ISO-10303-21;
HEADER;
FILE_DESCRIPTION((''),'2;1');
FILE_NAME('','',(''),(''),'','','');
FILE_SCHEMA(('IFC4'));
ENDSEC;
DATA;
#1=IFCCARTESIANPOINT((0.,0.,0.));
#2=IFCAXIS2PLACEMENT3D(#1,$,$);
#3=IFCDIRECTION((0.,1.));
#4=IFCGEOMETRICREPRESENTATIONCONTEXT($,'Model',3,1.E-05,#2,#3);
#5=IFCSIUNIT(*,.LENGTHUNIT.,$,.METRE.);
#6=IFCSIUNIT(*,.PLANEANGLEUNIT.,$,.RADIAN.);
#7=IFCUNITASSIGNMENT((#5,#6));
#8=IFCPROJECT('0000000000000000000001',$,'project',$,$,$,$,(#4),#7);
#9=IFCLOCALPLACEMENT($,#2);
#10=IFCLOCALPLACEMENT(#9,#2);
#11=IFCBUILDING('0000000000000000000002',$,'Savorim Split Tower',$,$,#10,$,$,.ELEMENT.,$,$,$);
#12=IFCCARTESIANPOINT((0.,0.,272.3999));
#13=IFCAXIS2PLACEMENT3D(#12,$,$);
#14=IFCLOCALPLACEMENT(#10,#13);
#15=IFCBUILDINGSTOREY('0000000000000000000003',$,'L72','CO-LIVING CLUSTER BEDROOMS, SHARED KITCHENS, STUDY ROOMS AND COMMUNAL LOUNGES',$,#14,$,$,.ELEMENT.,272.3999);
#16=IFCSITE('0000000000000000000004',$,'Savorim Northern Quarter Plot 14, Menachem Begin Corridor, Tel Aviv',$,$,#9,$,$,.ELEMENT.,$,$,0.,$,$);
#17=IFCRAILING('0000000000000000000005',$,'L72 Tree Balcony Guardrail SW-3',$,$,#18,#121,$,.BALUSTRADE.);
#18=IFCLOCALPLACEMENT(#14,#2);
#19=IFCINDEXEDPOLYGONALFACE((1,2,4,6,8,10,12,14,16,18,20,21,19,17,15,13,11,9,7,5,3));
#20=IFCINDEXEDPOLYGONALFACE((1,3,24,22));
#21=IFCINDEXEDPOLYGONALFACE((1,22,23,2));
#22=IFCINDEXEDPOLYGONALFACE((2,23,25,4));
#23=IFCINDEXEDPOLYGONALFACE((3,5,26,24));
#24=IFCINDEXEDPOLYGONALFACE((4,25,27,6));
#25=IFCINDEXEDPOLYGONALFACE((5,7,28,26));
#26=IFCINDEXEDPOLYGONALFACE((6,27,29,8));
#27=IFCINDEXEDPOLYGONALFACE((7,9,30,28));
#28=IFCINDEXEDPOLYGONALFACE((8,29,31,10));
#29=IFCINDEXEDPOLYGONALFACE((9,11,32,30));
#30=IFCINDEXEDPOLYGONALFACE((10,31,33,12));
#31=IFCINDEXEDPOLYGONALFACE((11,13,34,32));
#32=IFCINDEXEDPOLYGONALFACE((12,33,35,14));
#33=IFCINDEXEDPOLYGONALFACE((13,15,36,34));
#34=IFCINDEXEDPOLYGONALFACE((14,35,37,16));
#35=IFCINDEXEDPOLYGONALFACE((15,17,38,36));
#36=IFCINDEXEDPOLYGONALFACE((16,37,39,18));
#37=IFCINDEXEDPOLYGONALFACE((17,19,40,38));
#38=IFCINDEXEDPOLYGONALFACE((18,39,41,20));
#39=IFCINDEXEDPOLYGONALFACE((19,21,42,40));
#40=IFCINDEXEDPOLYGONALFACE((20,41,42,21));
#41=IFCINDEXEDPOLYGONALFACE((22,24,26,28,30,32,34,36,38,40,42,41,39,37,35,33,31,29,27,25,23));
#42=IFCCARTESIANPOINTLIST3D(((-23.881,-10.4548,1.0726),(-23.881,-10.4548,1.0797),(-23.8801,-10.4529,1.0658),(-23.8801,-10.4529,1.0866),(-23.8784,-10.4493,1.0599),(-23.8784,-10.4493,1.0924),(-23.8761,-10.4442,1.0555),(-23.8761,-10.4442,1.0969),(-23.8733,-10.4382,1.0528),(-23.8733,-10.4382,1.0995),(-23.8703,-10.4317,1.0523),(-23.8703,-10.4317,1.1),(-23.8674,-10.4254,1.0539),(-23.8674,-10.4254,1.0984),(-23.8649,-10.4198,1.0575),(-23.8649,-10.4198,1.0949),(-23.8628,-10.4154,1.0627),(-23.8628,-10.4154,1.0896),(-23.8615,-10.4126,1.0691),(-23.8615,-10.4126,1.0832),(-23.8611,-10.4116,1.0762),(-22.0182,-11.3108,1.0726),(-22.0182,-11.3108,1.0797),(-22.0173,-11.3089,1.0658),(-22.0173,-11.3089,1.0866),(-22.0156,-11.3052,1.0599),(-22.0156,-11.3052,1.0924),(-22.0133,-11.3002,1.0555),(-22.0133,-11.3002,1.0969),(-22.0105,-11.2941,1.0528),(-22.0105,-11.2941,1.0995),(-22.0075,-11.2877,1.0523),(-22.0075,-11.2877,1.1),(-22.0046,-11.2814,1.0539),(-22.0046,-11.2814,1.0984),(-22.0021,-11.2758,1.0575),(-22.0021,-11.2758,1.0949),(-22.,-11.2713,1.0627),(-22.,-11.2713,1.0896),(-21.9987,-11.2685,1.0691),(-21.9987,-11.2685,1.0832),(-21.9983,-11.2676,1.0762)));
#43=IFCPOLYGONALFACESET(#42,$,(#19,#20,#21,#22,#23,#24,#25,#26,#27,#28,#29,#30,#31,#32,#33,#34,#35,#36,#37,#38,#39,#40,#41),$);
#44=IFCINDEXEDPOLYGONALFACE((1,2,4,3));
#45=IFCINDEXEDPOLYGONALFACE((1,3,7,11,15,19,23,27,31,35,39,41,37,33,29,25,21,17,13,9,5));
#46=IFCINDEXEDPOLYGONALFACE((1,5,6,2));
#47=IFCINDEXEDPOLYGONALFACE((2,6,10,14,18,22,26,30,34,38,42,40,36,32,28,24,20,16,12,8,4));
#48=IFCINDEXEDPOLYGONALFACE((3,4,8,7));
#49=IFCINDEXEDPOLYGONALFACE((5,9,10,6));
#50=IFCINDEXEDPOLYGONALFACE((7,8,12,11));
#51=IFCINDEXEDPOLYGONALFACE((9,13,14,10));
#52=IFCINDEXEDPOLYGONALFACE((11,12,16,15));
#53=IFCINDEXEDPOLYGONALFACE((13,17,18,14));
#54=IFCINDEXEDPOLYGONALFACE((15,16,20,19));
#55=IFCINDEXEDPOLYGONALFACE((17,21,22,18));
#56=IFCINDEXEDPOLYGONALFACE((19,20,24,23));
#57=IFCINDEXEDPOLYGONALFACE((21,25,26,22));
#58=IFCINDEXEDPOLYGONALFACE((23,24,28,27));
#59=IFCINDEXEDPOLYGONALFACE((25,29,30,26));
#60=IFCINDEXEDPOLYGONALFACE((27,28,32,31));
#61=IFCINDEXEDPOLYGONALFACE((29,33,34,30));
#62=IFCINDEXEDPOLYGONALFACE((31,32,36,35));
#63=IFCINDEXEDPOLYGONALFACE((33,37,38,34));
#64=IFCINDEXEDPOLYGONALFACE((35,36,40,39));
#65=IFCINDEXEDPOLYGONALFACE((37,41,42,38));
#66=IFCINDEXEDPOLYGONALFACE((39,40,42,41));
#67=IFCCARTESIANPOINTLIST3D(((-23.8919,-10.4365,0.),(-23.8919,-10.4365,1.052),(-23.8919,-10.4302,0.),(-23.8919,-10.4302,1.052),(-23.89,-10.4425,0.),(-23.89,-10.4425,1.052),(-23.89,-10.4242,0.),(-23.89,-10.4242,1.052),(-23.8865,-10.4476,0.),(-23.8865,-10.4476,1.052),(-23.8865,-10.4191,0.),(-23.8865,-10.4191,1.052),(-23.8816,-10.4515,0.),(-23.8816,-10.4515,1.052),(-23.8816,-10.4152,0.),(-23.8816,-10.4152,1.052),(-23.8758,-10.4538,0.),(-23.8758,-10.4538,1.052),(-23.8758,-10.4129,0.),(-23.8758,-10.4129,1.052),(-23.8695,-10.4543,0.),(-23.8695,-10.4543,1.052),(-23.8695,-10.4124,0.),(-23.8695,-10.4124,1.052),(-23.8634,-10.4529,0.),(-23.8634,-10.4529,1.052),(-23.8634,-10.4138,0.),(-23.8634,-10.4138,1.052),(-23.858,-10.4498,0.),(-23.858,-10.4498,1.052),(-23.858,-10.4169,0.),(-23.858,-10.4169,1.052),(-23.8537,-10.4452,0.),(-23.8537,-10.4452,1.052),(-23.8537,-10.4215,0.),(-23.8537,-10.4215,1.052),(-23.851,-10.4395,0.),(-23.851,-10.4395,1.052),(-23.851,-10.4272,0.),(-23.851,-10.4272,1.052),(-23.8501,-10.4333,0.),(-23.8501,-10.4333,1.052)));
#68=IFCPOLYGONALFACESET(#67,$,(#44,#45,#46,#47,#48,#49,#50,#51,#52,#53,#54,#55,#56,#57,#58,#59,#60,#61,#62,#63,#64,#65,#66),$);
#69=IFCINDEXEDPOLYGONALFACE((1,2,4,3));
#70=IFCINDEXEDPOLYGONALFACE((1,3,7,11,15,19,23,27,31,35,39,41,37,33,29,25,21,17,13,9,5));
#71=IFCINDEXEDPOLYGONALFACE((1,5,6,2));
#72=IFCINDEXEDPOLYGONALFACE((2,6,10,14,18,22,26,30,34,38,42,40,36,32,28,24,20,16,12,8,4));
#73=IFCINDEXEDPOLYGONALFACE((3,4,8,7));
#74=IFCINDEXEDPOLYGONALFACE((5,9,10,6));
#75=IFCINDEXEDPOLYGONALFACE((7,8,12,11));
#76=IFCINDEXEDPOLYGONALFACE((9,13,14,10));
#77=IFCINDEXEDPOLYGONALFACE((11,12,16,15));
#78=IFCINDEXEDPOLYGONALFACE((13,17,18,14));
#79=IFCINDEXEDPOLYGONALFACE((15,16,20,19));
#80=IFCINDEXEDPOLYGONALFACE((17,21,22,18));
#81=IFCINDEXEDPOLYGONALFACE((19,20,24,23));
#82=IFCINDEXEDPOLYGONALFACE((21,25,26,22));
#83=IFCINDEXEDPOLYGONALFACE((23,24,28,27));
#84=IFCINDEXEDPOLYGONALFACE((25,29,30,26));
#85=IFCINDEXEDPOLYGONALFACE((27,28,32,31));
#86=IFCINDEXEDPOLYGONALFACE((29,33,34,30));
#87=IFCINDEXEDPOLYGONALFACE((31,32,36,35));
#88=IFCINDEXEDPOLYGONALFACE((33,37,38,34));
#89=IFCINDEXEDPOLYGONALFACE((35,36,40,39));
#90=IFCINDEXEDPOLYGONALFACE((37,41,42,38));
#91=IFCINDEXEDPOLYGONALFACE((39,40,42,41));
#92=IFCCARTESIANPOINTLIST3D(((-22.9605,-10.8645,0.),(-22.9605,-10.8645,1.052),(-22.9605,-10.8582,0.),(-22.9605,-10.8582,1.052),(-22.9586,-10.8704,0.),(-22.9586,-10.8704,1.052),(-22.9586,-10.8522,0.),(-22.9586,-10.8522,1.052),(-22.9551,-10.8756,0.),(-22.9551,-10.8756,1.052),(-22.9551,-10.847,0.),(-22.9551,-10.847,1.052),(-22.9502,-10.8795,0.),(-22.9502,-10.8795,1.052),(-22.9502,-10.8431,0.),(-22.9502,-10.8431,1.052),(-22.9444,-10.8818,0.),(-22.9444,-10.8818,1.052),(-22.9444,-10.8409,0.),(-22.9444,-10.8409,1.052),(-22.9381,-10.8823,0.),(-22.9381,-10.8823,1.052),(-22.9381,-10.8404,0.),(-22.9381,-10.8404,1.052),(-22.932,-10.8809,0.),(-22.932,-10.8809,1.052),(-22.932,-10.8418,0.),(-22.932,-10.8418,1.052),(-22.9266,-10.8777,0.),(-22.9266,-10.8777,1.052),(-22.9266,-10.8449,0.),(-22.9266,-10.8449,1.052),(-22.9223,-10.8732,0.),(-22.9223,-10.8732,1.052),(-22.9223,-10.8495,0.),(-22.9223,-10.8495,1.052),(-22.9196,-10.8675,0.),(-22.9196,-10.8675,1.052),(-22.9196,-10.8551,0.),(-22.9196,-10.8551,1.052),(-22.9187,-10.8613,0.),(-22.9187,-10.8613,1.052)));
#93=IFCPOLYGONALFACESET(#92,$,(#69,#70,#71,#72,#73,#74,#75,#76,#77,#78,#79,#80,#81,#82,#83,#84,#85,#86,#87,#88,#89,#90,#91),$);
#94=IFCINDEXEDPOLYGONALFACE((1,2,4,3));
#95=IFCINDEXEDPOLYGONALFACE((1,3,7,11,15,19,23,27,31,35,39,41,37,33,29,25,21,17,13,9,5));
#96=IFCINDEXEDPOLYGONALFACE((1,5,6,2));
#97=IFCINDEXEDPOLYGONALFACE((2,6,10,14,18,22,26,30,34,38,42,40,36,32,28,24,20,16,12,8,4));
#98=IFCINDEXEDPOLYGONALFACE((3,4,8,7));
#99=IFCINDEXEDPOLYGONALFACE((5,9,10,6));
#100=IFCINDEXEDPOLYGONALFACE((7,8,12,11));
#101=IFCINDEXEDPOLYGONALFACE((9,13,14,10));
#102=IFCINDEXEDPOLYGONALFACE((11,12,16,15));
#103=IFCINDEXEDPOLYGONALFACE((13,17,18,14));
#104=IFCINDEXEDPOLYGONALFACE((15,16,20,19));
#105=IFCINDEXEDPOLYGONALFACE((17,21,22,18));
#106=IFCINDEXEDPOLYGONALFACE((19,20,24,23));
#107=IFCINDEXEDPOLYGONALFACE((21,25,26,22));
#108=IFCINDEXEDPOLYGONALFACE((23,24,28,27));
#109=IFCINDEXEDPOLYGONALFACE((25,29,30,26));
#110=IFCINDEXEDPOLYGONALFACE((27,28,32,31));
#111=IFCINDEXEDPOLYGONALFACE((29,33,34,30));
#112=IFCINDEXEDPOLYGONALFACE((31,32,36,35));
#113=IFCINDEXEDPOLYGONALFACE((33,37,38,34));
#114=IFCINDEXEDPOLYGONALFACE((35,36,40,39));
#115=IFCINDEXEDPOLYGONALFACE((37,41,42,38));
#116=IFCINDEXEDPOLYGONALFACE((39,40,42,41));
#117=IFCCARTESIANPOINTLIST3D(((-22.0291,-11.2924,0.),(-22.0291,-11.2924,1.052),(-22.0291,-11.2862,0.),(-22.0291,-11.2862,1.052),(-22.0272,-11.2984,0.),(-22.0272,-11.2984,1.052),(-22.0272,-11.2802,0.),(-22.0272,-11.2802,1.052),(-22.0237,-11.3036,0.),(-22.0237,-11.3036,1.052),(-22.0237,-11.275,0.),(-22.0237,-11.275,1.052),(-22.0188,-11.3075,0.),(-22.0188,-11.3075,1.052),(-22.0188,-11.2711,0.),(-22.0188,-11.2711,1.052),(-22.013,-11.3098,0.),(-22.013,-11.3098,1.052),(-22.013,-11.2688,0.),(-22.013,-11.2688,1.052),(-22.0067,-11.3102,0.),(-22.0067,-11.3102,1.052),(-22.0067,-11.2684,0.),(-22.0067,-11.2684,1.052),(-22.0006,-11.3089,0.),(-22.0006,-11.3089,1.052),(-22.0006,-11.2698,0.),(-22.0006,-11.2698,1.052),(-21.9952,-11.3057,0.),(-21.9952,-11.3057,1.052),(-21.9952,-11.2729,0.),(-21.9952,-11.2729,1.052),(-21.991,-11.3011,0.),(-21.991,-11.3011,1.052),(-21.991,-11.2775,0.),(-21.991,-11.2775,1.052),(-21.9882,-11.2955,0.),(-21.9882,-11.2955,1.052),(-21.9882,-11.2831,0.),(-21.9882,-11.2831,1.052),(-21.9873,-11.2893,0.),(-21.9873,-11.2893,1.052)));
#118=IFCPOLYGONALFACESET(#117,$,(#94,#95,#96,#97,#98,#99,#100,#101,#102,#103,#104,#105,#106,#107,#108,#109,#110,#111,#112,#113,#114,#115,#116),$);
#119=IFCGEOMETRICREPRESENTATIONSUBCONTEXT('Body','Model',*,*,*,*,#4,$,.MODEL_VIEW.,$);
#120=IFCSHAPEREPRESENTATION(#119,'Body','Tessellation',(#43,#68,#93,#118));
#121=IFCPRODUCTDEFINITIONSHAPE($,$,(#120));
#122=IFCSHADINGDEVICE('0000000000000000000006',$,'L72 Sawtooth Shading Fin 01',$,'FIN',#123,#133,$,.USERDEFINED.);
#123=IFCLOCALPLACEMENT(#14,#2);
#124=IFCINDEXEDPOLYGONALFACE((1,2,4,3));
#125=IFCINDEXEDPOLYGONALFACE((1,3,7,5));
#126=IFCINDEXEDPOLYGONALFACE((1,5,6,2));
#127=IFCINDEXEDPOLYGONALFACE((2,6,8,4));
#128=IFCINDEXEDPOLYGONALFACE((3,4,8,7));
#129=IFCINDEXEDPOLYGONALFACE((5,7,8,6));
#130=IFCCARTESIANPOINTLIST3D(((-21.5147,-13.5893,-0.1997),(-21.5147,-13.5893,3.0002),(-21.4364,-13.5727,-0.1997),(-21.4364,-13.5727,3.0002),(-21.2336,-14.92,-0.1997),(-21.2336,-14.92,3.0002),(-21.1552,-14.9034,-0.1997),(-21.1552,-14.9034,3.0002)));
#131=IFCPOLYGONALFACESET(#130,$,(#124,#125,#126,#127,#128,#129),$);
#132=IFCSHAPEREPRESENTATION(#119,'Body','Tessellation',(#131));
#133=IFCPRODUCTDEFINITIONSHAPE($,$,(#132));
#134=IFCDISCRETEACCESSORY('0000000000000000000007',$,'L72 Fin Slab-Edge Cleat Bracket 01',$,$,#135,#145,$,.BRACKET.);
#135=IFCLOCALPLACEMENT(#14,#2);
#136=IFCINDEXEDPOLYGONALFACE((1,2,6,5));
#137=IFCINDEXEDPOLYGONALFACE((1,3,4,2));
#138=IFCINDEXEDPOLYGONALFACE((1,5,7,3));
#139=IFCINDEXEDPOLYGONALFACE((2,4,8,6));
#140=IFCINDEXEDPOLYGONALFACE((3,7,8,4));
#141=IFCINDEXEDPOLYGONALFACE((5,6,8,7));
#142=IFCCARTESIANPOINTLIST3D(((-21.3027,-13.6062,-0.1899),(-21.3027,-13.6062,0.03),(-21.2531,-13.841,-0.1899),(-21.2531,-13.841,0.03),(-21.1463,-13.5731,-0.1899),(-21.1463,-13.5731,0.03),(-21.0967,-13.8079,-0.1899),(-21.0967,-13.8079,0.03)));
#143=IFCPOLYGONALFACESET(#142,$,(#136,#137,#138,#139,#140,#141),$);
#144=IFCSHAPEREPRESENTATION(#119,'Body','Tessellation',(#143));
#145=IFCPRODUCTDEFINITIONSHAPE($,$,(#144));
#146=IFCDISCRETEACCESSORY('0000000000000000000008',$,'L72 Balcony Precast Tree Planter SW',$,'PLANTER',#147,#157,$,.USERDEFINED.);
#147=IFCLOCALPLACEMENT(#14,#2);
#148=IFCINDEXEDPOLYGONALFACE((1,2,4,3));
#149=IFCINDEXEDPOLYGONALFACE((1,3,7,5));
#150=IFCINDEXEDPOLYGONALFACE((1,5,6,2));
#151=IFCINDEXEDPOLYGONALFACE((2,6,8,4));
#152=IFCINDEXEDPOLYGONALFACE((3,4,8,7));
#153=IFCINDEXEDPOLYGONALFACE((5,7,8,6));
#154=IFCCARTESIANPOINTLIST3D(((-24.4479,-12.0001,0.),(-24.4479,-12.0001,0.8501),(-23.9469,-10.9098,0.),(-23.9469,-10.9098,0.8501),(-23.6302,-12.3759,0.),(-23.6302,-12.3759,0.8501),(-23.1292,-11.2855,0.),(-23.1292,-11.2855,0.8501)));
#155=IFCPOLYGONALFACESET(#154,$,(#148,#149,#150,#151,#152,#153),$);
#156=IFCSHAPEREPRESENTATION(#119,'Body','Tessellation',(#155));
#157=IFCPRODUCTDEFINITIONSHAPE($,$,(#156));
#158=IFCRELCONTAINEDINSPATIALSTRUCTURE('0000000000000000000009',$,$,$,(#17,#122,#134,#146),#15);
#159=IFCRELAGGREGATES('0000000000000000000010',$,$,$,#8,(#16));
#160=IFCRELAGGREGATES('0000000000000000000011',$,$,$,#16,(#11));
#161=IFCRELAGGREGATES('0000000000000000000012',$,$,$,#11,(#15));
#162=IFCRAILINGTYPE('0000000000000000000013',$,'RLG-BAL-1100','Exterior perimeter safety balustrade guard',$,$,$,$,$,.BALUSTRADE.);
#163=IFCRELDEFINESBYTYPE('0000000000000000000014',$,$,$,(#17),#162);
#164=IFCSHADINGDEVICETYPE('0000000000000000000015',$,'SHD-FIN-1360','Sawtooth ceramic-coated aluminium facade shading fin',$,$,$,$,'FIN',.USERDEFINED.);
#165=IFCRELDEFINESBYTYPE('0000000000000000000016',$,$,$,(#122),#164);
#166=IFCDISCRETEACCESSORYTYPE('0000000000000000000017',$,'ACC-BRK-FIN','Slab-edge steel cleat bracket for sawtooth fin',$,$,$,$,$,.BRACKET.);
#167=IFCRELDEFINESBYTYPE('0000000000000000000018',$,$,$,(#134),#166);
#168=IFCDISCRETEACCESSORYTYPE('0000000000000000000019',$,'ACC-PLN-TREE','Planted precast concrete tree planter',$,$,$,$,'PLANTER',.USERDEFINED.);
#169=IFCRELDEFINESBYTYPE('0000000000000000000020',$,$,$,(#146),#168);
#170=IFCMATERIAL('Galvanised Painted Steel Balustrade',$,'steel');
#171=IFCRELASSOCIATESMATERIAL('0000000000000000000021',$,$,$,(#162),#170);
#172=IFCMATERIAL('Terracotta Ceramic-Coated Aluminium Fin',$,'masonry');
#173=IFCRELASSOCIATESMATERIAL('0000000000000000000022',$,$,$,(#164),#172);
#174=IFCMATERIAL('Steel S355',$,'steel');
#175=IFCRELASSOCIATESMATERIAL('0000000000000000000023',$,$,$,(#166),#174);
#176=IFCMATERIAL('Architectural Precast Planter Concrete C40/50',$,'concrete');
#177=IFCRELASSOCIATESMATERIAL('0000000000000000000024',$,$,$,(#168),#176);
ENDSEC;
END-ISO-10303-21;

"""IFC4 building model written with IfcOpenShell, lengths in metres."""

from ifc_helpers import new_model, si_unit, direction, frame, origin, origin_2d, place, context, subcontext, project, spatial, rectangle, circle, extrude, material, type_object, element, save


model = new_model("IFC4")

# Units and contexts
model_context = context("Model", 3, precision=1e-05, world=origin(), true_north=direction((0.0, 1.0)))
body_context = subcontext(model_context, "Body", "Model", "MODEL_VIEW")
ifc_project = project(units=[si_unit("LENGTHUNIT", "METRE"), si_unit("PLANEANGLEUNIT", "RADIAN")], contexts=[model_context])

# Site, building, storey
site_placement = place(None, origin())
site = spatial("IfcSite", under=ifc_project, at=site_placement, Name="Savorim Northern Quarter Plot 14, Menachem Begin Corridor, Tel Aviv", CompositionType="ELEMENT", RefElevation=0.0)
building_placement = place(site_placement, origin())
building = spatial("IfcBuilding", under=site, at=building_placement, Name="Savorim Split Tower", CompositionType="ELEMENT")
storey_placement = place(building_placement, frame((0.0, 0.0, 272.3999)))
storey = spatial("IfcBuildingStorey", under=building, at=storey_placement, Name="L72", Description="CO-LIVING CLUSTER BEDROOMS, SHARED KITCHENS, STUDY ROOMS AND COMMUNAL LOUNGES", CompositionType="ELEMENT", Elevation=272.3999)

# Shared definitions
ifc_material_1 = material(Name="Steel S355", Category="steel")

# Railing
ifc_material_2 = material(Name="Galvanised Painted Steel Balustrade", Category="steel")
railing_type = type_object("IfcRailingType", Name="RLG-BAL-1100", Description="Exterior perimeter safety balustrade guard", PredefinedType="BALUSTRADE", material=ifc_material_2)
railing_1_placement = place(storey_placement, frame((-23.8711, -10.4333, 0.0)))
element("IfcRailing", 1, at=railing_1_placement, inside=storey, type_object=railing_type, Name="L72 Tree Balcony Guardrail SW-3", PredefinedType="BALUSTRADE", context=body_context, shape_type="SweptSolid", body=[
    extrude(circle(Radius=0.0239, at=origin_2d()), frame((0.0, 0.0, 1.0762), z_axis=(0.908662, -0.417532, 0.0), x_axis=(0.417532, 0.908662, 0.0)), (0.0, 0.0, 1.0), 2.05),
    extrude(circle(Radius=0.021, at=origin_2d()), origin(), (0.0, 0.0, 1.0), 1.052),
    extrude(circle(Radius=0.021, at=origin_2d()), frame((0.9314, -0.428, 0.0)), (0.0, 0.0, 1.0), 1.052),
    extrude(circle(Radius=0.021, at=origin_2d()), frame((1.8628, -0.856, 0.0)), (0.0, 0.0, 1.0), 1.052),
])

# Shading device
ifc_material_3 = material(Name="Terracotta Ceramic-Coated Aluminium Fin", Category="masonry")
shading_device_type = type_object("IfcShadingDeviceType", Name="SHD-FIN-1360", Description="Sawtooth ceramic-coated aluminium facade shading fin", ElementType="FIN", PredefinedType="USERDEFINED", material=ifc_material_3)
shading_device_placement = place(storey_placement, frame((-21.335, -14.2463, -0.1997), z_axis=(0.0, 0.0, 1.0), x_axis=(0.206722, -0.9784, 0.0)))
element("IfcShadingDevice", 2, at=shading_device_placement, inside=storey, type_object=shading_device_type, Name="L72 Sawtooth Shading Fin 01", ObjectType="FIN", PredefinedType="USERDEFINED", context=body_context, shape_type="SweptSolid", body=[
    extrude(rectangle(XDim=1.3601, YDim=0.0801, at=origin_2d()), origin(), (0.0, 0.0, 1.0), 3.2),
])

# Discrete accessories
discrete_accessory_type_1 = type_object("IfcDiscreteAccessoryType", Name="ACC-BRK-FIN", Description="Slab-edge steel cleat bracket for sawtooth fin", PredefinedType="BRACKET", material=ifc_material_1)
discrete_accessory_1_placement = place(storey_placement, frame((-21.1997, -13.707, -0.1899), z_axis=(0.0, 0.0, 1.0), x_axis=(0.206722, -0.9784, 0.0)))
element("IfcDiscreteAccessory", 3, at=discrete_accessory_1_placement, inside=storey, type_object=discrete_accessory_type_1, Name="L72 Fin Slab-Edge Cleat Bracket 01", PredefinedType="BRACKET", context=body_context, shape_type="SweptSolid", body=[
    extrude(rectangle(XDim=0.24, YDim=0.1599, at=origin_2d()), origin(), (0.0, 0.0, 1.0), 0.22),
])
ifc_material_4 = material(Name="Architectural Precast Planter Concrete C40/50", Category="concrete")
discrete_accessory_type_2 = type_object("IfcDiscreteAccessoryType", Name="ACC-PLN-TREE", Description="Planted precast concrete tree planter", ElementType="PLANTER", PredefinedType="USERDEFINED", material=ifc_material_4)
discrete_accessory_2_placement = place(storey_placement, frame((-23.7886, -11.6428, 0.0), z_axis=(0.0, 0.0, 1.0), x_axis=(-0.417506, -0.908674, 0.0)))
element("IfcDiscreteAccessory", 4, at=discrete_accessory_2_placement, inside=storey, type_object=discrete_accessory_type_2, Name="L72 Balcony Precast Tree Planter SW", ObjectType="PLANTER", PredefinedType="USERDEFINED", context=body_context, shape_type="SweptSolid", body=[
    extrude(rectangle(XDim=1.2, YDim=0.8999, at=origin_2d()), origin(), (0.0, 0.0, 1.0), 0.8501),
])

save(model, "model.ifc")
